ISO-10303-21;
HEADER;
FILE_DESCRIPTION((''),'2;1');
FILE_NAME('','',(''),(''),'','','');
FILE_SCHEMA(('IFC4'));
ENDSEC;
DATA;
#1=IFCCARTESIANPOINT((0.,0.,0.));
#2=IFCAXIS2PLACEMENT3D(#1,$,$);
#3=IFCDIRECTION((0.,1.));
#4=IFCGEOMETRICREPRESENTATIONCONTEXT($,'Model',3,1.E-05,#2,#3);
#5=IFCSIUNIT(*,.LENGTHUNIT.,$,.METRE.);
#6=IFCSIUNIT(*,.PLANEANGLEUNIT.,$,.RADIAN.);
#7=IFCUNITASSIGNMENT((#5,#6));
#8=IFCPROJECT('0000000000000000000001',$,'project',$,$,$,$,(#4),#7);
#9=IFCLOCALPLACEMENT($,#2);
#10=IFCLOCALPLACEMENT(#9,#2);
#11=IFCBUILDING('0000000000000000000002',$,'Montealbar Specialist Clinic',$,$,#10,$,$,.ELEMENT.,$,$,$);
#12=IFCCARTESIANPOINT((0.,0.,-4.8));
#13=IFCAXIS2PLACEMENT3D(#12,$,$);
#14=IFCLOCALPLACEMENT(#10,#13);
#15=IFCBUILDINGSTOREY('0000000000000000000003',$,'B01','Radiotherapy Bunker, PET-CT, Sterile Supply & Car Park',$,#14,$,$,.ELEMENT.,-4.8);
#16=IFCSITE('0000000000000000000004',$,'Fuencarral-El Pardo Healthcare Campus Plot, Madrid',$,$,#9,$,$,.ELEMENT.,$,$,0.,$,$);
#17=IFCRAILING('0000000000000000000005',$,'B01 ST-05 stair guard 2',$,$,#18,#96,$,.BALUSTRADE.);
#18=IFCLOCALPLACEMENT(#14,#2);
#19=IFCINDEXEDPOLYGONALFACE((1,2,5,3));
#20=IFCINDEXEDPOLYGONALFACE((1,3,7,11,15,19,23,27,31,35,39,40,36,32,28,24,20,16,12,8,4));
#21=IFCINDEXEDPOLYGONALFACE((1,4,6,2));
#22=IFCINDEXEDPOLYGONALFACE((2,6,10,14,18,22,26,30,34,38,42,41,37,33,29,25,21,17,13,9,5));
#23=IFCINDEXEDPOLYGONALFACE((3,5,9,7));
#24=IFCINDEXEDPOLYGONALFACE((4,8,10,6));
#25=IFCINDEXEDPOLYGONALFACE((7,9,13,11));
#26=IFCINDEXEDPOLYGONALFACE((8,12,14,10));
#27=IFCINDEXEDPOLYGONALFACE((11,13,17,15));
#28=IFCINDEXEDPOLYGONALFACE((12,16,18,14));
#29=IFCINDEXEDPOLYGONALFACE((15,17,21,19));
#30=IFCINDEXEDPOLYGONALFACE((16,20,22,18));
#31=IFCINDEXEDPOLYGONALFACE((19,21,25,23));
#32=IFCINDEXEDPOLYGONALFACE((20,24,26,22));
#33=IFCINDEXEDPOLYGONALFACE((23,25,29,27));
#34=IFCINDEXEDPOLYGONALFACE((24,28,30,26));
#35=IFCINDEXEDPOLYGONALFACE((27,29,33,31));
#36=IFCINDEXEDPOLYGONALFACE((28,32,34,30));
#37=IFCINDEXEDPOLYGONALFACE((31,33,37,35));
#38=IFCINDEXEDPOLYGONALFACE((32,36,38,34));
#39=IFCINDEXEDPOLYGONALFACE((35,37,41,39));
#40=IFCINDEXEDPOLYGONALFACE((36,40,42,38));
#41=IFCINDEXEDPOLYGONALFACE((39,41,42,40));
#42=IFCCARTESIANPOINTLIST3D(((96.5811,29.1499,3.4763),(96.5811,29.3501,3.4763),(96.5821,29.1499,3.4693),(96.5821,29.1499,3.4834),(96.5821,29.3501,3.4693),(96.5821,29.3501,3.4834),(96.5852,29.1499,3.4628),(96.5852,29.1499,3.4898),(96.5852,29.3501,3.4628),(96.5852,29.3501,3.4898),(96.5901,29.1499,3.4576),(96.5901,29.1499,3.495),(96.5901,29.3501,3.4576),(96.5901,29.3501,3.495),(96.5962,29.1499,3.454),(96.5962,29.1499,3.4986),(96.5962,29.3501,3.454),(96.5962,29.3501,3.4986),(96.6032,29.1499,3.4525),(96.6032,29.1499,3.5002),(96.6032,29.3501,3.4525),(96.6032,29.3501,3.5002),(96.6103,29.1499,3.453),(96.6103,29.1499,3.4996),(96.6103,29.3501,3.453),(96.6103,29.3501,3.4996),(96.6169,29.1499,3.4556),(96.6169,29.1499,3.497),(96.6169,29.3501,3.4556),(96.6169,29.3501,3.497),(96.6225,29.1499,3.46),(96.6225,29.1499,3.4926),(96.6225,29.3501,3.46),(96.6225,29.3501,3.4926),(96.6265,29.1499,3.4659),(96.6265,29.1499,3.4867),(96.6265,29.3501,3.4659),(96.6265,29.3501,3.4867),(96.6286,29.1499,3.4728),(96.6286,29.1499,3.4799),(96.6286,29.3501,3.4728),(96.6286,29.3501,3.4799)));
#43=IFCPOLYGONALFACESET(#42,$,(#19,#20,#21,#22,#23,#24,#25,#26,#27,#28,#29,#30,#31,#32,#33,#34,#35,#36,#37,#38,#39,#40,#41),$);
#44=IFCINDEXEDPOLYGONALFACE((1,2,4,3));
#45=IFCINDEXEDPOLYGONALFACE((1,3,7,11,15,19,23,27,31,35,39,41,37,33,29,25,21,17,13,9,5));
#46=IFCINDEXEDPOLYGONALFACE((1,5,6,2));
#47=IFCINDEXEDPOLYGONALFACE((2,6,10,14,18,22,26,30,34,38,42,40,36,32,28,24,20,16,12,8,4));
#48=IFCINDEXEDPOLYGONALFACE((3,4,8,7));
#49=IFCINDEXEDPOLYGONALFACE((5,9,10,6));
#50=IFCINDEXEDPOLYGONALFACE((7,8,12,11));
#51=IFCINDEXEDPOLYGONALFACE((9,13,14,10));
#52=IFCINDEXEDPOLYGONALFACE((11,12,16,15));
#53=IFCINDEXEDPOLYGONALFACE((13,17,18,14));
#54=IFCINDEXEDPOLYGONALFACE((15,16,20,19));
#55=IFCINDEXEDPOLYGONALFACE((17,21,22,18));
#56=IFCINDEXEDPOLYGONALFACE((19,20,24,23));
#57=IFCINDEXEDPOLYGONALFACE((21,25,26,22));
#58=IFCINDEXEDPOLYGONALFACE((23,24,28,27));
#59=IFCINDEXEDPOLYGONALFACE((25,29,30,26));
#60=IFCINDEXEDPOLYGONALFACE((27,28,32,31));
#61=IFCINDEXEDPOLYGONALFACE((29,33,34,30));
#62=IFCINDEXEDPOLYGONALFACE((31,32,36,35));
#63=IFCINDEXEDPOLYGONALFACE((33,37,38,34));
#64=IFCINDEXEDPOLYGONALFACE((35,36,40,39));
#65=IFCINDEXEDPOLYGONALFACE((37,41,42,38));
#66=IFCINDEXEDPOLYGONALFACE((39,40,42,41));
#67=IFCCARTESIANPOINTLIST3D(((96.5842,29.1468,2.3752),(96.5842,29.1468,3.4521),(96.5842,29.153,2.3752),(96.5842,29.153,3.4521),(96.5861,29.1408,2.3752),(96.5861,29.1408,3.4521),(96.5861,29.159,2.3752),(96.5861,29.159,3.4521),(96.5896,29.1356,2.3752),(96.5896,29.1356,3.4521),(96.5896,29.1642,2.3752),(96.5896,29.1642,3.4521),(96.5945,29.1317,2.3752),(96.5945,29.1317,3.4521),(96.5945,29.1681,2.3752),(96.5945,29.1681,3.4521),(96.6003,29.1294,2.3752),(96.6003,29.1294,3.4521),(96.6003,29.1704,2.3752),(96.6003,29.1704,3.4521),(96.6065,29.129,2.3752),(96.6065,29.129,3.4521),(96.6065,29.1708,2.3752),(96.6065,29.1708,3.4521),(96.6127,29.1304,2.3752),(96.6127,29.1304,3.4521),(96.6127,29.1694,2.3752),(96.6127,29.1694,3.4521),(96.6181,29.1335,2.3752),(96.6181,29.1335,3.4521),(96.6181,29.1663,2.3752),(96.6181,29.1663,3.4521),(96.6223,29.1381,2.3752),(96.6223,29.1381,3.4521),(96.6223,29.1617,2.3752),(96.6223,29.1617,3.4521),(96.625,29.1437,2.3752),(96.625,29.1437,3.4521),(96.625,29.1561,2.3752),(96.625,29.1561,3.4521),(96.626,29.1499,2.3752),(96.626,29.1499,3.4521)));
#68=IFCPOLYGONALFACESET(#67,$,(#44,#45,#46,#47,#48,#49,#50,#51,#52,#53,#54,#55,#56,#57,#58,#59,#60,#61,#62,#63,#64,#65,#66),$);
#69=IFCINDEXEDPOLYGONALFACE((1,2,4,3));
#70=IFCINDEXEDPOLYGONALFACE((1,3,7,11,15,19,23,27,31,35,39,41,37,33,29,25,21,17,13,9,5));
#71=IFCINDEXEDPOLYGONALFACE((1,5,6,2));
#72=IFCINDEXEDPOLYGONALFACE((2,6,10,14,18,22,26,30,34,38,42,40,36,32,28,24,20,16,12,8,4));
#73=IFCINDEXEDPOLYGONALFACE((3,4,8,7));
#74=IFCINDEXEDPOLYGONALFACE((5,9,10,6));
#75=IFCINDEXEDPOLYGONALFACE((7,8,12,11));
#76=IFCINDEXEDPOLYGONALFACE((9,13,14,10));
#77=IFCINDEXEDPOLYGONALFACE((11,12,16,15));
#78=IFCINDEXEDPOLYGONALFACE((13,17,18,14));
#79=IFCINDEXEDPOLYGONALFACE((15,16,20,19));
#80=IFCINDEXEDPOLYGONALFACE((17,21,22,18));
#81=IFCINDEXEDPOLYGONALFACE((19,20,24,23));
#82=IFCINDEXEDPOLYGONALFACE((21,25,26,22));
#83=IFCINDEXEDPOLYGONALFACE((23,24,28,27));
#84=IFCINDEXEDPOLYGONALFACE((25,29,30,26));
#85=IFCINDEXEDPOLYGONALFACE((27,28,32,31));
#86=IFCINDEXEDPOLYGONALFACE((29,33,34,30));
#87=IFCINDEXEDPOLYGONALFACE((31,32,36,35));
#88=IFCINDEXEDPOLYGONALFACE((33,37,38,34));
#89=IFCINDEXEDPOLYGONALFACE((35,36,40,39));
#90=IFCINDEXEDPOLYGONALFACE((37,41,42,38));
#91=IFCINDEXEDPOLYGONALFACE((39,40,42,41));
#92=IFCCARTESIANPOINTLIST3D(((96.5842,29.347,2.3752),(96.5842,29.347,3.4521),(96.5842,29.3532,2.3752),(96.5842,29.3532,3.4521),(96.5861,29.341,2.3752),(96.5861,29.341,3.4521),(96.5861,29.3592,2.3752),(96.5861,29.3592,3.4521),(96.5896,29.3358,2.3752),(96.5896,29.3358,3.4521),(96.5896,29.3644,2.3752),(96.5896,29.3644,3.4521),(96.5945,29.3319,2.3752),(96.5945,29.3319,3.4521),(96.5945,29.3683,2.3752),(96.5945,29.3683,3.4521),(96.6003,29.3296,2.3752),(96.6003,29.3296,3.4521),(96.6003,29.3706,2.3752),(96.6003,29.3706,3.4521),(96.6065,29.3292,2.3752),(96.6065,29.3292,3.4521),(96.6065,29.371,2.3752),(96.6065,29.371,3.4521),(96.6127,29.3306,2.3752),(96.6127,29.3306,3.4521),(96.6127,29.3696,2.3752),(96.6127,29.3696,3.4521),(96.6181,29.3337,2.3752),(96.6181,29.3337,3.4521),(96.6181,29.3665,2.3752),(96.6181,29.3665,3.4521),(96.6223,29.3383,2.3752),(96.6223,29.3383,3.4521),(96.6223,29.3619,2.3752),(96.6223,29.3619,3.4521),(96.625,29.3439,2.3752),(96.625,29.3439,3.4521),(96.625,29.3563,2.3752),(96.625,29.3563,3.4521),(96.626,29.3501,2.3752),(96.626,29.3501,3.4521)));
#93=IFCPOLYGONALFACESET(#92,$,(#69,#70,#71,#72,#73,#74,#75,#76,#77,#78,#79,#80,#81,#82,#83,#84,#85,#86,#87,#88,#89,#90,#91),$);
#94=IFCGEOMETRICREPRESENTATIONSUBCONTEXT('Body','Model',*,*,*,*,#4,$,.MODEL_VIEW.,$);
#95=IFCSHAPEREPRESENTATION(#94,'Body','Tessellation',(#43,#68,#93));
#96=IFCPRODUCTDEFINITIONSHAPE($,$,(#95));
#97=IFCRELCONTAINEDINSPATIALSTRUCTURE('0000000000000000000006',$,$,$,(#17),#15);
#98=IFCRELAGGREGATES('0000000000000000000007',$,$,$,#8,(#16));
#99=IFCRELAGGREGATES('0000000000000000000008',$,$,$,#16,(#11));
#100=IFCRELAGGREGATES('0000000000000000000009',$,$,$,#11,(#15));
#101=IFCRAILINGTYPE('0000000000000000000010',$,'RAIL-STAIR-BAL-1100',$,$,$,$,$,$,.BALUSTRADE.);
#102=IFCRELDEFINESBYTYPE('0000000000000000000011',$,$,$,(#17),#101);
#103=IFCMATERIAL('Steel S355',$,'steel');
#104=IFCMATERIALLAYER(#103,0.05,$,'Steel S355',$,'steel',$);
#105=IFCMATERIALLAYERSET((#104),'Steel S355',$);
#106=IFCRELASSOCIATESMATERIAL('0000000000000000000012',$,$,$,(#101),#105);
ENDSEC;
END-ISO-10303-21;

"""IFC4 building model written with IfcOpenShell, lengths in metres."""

from ifc_helpers import new_model, si_unit, direction, frame, origin, origin_2d, place, context, subcontext, project, spatial, circle, extrude, material, layer, layer_set, type_object, element, save


model = new_model("IFC4")

# Units and contexts
model_context = context("Model", 3, precision=1e-05, world=origin(), true_north=direction((0.0, 1.0)))
body_context = subcontext(model_context, "Body", "Model", "MODEL_VIEW")
ifc_project = project(units=[si_unit("LENGTHUNIT", "METRE"), si_unit("PLANEANGLEUNIT", "RADIAN")], contexts=[model_context])

# Site, building, storey
site_placement = place(None, origin())
site = spatial("IfcSite", under=ifc_project, at=site_placement, Name="Fuencarral-El Pardo Healthcare Campus Plot, Madrid", CompositionType="ELEMENT", RefElevation=0.0)
building_placement = place(site_placement, origin())
building = spatial("IfcBuilding", under=site, at=building_placement, Name="Montealbar Specialist Clinic", CompositionType="ELEMENT")
storey_placement = place(building_placement, frame((0.0, 0.0, -4.8)))
storey = spatial("IfcBuildingStorey", under=building, at=storey_placement, Name="B01", Description="Radiotherapy Bunker, PET-CT, Sterile Supply & Car Park", CompositionType="ELEMENT", Elevation=-4.8)

# Shared definitions
ifc_material_1 = material(Name="Steel S355", Category="steel")

# Railing
ifc_layer_1 = layer(ifc_material_1, 0.05, Name="Steel S355", Category="steel")
ifc_layer_set_1 = layer_set([ifc_layer_1], Name="Steel S355")
railing_type_1 = type_object("IfcRailingType", Name="RAIL-STAIR-BAL-1100", PredefinedType="BALUSTRADE", material=ifc_layer_set_1)
railing_1_placement = place(storey_placement, frame((96.605, 29.1499, 2.4001)))
element("IfcRailing", 1, at=railing_1_placement, inside=storey, type_object=railing_type_1, Name="B01 ST-05 stair guard 2", PredefinedType="BALUSTRADE", context=body_context, shape_type="SweptSolid", body=[
    extrude(circle(Radius=0.0239, at=origin_2d()), frame((0.0, 0.0, 1.0762), z_axis=(0.0, 1.0, 0.0), x_axis=(-1.0, 0.0, 0.0)), (0.0, 0.0, 1.0), 0.2002),
    extrude(circle(Radius=0.021, at=origin_2d()), frame((0.0, 0.0, -0.0249)), (0.0, 0.0, 1.0), 1.0769),
    extrude(circle(Radius=0.021, at=origin_2d()), frame((0.0, 0.2002, -0.0249)), (0.0, 0.0, 1.0), 1.0769),
])

save(model, "model.ifc")
